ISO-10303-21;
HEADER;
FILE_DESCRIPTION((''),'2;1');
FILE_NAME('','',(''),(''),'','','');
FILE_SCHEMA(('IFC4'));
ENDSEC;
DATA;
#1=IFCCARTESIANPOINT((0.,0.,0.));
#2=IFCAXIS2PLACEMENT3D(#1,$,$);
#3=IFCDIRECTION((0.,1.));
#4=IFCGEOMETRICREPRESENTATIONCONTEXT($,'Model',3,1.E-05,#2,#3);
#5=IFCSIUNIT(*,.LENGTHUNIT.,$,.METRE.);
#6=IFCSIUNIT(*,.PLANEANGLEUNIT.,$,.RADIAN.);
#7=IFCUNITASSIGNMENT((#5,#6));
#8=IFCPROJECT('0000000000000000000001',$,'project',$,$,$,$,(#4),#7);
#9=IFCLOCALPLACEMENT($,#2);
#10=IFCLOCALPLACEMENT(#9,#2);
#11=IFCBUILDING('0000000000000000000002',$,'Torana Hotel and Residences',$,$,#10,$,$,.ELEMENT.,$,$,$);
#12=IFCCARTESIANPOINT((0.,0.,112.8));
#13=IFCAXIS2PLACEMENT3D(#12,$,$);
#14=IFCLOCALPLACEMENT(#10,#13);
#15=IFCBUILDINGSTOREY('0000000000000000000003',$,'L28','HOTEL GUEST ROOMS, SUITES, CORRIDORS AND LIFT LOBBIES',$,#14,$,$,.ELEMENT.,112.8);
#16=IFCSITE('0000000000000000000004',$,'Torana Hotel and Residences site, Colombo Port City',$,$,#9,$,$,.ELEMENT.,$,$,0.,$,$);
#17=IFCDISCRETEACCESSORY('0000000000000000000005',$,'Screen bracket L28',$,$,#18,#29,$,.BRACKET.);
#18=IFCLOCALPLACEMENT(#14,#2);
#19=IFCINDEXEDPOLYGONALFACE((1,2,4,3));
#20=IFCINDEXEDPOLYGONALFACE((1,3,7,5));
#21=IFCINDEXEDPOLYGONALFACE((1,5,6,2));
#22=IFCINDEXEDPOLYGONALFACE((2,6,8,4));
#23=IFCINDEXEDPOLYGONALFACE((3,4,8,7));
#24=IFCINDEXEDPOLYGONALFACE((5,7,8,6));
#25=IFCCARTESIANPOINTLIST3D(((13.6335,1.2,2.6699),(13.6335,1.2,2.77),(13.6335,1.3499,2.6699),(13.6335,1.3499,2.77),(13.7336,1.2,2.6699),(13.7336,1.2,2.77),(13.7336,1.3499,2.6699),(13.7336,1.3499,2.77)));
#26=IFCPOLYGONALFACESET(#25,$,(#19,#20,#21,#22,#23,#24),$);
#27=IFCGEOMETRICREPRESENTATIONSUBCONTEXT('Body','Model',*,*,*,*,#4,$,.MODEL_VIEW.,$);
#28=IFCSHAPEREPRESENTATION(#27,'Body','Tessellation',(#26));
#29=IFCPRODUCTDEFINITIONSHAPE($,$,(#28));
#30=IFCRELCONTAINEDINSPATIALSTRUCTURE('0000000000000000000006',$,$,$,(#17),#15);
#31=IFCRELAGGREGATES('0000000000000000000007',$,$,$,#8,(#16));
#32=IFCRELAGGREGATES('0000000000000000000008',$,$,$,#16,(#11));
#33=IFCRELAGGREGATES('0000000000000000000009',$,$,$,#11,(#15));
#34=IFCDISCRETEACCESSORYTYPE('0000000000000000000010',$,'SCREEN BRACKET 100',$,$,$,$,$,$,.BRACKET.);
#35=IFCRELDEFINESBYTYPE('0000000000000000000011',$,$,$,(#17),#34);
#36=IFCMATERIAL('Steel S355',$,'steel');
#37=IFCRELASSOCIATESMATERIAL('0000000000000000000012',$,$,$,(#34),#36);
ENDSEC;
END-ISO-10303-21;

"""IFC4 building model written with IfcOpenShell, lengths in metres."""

from ifc_helpers import new_model, si_unit, direction, frame, origin, origin_2d, place, context, subcontext, project, spatial, rectangle, extrude, material, type_object, element, save


model = new_model("IFC4")

# Units and contexts
model_context = context("Model", 3, precision=1e-05, world=origin(), true_north=direction((0.0, 1.0)))
body_context = subcontext(model_context, "Body", "Model", "MODEL_VIEW")
ifc_project = project(units=[si_unit("LENGTHUNIT", "METRE"), si_unit("PLANEANGLEUNIT", "RADIAN")], contexts=[model_context])

# Site, building, storey
site_placement = place(None, origin())
site = spatial("IfcSite", under=ifc_project, at=site_placement, Name="Torana Hotel and Residences site, Colombo Port City", CompositionType="ELEMENT", RefElevation=0.0)
building_placement = place(site_placement, origin())
building = spatial("IfcBuilding", under=site, at=building_placement, Name="Torana Hotel and Residences", CompositionType="ELEMENT")
storey_placement = place(building_placement, frame((0.0, 0.0, 112.8)))
storey = spatial("IfcBuildingStorey", under=building, at=storey_placement, Name="L28", Description="HOTEL GUEST ROOMS, SUITES, CORRIDORS AND LIFT LOBBIES", CompositionType="ELEMENT", Elevation=112.8)

# Discrete accessory
ifc_material_1 = material(Name="Steel S355", Category="steel")
discrete_accessory_type = type_object("IfcDiscreteAccessoryType", Name="SCREEN BRACKET 100", PredefinedType="BRACKET", material=ifc_material_1)
for number, where, z_axis, x_axis, name in (
    (1, (13.6836, 1.2749, 2.6699), (0.0, 0.0, 1.0), (-1.0, 0.0, 0.0), "Screen bracket L28"),
):
    element("IfcDiscreteAccessory", number, at=place(storey_placement, frame(where, z_axis=z_axis, x_axis=x_axis)), inside=storey, type_object=discrete_accessory_type, Name=name, PredefinedType="BRACKET", context=body_context, shape_type="SweptSolid", body=[
        extrude(rectangle(XDim=0.1001, YDim=0.1499, at=origin_2d()), origin(), (0.0, 0.0, 1.0), 0.1001),
    ])

save(model, "model.ifc")
